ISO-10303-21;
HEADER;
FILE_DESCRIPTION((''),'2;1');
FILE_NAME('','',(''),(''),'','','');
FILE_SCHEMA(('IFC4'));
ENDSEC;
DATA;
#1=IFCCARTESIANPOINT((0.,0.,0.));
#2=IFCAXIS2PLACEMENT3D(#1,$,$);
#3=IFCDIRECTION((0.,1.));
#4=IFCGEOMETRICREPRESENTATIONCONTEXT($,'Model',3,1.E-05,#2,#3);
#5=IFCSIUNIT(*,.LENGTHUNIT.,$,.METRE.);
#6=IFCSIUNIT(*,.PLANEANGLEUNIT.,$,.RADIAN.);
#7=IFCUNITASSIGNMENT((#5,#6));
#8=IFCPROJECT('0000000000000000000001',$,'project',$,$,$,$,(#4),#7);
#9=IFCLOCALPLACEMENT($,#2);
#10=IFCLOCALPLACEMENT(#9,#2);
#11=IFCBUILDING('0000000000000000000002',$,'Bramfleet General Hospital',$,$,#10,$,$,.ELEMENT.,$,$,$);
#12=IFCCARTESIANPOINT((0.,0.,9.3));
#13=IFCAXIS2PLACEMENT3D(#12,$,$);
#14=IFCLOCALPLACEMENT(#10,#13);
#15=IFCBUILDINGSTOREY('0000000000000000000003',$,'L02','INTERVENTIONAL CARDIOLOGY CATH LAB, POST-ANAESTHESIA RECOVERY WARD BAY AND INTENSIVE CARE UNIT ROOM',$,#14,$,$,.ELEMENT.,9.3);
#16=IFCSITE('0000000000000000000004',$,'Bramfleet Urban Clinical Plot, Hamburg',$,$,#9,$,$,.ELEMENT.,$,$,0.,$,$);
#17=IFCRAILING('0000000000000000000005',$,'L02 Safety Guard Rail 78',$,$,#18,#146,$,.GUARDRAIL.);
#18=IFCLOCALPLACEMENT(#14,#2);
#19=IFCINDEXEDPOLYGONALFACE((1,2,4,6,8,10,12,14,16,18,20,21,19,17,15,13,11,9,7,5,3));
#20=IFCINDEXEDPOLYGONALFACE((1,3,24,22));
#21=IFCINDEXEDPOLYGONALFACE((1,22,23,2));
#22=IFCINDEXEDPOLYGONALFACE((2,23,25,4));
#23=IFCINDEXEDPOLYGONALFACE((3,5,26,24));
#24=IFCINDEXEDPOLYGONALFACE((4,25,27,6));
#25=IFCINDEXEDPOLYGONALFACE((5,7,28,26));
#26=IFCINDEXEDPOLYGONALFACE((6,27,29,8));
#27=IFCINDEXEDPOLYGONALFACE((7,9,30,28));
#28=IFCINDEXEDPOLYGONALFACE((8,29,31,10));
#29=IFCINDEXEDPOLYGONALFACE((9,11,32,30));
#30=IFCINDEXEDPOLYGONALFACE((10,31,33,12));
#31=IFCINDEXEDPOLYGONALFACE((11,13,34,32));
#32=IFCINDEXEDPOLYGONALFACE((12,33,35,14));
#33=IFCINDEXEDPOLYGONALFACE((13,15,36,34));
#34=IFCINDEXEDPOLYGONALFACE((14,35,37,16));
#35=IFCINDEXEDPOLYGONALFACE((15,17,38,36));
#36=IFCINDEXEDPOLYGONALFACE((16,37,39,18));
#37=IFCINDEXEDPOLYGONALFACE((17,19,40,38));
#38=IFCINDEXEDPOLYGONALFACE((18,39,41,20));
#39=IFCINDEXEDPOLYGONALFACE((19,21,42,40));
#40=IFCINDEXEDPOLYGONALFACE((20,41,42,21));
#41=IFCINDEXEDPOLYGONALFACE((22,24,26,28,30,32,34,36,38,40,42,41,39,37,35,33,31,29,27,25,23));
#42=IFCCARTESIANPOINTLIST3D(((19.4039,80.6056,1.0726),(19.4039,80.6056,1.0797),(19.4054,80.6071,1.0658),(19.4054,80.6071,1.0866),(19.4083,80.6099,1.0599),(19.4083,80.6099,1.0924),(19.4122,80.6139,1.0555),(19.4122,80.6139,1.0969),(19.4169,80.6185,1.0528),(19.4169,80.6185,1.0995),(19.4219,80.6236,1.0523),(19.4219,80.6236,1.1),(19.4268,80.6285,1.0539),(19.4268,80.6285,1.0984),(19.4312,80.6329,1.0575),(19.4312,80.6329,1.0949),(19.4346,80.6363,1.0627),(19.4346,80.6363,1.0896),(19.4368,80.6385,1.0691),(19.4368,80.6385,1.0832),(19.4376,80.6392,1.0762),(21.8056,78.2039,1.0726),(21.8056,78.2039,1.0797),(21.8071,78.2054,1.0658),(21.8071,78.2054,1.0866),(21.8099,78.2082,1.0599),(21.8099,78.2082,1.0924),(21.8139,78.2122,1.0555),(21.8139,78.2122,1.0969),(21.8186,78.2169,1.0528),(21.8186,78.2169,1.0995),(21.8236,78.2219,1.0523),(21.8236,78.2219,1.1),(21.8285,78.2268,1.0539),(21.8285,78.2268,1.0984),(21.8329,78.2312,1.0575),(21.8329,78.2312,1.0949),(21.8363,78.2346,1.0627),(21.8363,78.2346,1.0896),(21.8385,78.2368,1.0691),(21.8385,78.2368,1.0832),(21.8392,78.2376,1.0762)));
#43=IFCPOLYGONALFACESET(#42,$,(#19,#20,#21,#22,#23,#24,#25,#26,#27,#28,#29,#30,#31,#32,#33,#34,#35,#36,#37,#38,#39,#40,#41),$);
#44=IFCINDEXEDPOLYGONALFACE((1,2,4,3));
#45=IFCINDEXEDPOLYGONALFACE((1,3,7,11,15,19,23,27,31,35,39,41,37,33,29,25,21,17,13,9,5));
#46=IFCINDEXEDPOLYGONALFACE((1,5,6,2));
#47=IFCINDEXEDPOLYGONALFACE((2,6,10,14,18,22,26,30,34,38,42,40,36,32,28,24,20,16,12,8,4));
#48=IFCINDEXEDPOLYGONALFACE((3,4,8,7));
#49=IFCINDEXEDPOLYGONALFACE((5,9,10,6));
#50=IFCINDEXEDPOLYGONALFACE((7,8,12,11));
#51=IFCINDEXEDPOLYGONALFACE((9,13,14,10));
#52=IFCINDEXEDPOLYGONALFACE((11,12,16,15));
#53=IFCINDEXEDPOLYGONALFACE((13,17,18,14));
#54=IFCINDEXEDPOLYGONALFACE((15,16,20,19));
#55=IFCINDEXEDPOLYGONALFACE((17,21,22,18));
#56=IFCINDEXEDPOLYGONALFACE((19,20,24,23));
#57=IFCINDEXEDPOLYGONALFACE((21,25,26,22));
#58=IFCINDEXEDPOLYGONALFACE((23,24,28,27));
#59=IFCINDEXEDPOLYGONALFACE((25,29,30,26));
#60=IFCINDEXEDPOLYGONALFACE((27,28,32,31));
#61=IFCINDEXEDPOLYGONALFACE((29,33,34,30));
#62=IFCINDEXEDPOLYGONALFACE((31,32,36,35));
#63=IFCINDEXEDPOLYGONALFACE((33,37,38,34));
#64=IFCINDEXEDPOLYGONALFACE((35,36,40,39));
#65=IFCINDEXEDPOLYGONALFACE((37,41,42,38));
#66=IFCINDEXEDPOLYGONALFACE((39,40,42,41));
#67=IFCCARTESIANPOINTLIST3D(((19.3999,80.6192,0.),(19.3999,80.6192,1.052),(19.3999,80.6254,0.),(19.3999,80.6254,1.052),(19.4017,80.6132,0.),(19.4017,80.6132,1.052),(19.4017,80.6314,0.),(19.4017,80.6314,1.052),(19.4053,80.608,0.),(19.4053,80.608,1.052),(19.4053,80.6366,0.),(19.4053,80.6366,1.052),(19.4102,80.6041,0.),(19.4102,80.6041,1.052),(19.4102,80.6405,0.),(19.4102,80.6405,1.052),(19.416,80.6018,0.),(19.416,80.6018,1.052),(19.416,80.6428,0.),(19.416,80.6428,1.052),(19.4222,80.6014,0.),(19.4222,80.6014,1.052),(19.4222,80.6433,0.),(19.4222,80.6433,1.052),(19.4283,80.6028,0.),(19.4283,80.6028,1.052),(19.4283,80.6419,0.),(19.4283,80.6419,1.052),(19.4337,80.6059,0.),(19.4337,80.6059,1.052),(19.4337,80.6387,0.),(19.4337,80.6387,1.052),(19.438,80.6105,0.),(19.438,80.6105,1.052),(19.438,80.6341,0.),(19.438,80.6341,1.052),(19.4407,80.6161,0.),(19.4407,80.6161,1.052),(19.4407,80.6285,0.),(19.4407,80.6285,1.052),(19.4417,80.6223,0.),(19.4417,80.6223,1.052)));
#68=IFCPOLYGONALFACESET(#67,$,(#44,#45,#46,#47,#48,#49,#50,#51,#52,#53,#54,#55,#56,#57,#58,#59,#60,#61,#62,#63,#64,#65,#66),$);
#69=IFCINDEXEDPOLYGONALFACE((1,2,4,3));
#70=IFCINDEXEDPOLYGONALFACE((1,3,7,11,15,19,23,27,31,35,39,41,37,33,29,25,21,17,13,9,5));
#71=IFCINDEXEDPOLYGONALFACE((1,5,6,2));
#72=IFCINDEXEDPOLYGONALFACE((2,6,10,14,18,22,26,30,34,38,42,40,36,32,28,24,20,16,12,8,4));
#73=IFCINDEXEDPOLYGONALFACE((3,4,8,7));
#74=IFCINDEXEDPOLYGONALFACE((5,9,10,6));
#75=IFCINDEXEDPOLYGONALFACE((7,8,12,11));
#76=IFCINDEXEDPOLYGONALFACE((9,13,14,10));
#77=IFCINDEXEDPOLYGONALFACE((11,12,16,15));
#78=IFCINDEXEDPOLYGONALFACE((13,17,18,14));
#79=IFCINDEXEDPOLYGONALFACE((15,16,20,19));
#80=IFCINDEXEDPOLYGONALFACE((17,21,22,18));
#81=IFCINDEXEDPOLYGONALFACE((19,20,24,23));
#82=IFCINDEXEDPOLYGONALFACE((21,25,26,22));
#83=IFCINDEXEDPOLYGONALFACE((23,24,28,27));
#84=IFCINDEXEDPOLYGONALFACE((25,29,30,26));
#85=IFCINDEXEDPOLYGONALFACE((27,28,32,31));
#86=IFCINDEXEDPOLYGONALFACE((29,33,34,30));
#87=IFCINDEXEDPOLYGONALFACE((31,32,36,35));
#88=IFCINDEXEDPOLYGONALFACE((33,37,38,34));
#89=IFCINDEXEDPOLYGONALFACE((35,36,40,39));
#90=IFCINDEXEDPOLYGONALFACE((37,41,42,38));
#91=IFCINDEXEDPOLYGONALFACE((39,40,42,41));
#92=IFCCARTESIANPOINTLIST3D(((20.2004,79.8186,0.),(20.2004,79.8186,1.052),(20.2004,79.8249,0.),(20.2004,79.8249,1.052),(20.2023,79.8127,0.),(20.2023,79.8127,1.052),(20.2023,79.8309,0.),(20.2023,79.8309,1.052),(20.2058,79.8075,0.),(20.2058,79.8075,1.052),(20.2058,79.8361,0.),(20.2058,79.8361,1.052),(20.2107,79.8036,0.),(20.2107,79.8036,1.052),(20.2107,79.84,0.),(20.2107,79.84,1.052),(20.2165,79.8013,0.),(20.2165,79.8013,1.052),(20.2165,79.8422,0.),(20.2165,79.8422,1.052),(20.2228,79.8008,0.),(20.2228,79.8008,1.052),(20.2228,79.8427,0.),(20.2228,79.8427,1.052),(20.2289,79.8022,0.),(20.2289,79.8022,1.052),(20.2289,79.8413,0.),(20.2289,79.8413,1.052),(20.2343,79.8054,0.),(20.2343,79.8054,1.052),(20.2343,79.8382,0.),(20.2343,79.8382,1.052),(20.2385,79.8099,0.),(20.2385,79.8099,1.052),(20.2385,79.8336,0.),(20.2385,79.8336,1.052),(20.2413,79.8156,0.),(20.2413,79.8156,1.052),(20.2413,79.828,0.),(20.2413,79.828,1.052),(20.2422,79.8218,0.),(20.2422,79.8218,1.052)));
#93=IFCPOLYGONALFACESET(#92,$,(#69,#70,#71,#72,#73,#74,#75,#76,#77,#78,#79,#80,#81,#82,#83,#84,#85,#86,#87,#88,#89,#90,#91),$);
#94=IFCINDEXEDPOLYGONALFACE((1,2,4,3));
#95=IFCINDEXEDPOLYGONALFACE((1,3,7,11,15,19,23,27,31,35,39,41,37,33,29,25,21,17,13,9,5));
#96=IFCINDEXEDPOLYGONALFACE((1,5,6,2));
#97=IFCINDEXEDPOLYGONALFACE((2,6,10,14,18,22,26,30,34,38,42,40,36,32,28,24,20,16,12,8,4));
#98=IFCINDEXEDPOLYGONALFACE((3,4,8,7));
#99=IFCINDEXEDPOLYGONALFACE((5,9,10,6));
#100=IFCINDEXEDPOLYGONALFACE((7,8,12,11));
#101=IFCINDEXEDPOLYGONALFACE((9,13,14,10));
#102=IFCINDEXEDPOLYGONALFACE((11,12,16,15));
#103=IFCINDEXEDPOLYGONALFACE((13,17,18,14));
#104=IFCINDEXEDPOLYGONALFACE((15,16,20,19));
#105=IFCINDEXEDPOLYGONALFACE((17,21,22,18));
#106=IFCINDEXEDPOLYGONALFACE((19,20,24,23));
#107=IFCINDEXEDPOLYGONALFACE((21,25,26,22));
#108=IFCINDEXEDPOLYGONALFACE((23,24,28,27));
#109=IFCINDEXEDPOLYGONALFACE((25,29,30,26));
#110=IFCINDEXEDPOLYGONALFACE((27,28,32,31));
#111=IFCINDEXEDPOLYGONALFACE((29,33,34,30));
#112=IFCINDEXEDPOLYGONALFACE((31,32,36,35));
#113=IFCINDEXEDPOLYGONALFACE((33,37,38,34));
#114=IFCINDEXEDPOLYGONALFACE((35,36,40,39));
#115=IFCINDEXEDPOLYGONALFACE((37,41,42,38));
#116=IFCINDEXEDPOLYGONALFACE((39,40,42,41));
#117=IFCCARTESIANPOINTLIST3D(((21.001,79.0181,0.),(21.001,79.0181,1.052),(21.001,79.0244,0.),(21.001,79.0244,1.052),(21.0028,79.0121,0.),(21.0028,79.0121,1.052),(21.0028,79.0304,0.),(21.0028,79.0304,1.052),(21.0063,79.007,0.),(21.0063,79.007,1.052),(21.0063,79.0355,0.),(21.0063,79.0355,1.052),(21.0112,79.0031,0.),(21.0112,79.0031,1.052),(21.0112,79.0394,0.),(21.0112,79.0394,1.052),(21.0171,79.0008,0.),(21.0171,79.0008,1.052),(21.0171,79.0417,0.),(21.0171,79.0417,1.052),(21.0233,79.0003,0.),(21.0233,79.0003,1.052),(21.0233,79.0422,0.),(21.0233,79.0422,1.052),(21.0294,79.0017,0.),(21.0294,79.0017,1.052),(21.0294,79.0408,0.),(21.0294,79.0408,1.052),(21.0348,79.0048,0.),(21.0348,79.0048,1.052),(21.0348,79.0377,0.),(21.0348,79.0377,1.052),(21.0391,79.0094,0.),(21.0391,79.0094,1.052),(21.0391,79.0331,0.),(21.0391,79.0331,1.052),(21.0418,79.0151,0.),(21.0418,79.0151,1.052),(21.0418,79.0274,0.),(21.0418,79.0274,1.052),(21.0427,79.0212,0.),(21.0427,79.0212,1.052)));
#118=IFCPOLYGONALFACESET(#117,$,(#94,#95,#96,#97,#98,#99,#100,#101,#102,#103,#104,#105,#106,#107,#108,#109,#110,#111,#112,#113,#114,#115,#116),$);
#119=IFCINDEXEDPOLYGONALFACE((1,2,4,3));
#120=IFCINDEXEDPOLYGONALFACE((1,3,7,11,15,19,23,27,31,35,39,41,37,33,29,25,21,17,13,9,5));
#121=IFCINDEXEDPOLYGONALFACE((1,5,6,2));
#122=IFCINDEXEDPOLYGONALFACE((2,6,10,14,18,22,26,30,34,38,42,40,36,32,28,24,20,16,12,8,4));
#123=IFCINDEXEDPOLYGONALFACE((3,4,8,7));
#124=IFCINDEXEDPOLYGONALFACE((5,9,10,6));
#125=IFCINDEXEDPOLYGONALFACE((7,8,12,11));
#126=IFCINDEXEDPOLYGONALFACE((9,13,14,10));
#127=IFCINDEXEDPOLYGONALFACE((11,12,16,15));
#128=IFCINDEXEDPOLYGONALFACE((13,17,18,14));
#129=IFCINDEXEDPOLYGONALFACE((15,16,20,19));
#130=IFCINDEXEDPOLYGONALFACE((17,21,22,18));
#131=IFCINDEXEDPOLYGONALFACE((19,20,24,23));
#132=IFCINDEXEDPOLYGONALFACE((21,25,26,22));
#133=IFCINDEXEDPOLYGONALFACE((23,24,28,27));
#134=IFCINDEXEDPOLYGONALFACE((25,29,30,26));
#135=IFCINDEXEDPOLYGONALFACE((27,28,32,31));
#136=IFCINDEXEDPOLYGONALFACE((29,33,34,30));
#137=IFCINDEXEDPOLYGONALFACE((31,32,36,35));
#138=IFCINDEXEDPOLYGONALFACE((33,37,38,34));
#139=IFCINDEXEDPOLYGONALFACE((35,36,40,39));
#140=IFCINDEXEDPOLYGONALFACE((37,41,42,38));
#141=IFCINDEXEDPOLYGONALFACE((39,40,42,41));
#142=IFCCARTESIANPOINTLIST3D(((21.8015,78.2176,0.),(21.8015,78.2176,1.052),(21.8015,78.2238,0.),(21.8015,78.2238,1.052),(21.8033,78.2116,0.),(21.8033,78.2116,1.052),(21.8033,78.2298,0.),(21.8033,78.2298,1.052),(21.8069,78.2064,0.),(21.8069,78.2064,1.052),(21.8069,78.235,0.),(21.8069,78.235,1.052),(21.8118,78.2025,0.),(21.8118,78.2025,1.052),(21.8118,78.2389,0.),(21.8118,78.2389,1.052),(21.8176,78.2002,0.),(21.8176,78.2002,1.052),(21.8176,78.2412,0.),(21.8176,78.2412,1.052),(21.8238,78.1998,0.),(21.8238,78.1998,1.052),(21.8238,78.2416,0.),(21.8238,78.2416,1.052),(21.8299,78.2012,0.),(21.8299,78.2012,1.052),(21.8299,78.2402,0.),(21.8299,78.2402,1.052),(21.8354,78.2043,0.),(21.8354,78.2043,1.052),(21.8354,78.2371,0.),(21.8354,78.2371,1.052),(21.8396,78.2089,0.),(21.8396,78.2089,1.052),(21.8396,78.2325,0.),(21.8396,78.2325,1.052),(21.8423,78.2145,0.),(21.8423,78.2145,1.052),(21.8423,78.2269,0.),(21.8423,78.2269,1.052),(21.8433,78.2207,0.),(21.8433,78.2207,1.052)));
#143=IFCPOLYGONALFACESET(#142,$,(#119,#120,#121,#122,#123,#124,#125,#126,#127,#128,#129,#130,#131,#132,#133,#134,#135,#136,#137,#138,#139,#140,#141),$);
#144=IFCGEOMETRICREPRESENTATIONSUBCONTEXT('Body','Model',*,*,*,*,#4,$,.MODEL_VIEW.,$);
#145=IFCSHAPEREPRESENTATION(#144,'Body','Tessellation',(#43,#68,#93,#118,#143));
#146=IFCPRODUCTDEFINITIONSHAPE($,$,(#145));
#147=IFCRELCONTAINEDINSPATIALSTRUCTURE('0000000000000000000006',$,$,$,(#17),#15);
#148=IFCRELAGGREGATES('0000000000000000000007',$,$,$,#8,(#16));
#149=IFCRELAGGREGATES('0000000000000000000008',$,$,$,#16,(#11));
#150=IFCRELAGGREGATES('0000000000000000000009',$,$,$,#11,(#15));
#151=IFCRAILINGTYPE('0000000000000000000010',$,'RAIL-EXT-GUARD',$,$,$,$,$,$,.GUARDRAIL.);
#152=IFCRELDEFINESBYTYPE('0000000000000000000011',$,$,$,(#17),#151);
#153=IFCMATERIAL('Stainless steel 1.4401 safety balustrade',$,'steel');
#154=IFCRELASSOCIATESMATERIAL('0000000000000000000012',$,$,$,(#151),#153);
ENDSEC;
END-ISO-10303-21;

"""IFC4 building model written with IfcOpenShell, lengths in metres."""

from ifc_helpers import new_model, si_unit, direction, frame, origin, origin_2d, place, context, subcontext, project, spatial, circle, extrude, material, type_object, element, save


model = new_model("IFC4")

# Units and contexts
model_context = context("Model", 3, precision=1e-05, world=origin(), true_north=direction((0.0, 1.0)))
body_context = subcontext(model_context, "Body", "Model", "MODEL_VIEW")
ifc_project = project(units=[si_unit("LENGTHUNIT", "METRE"), si_unit("PLANEANGLEUNIT", "RADIAN")], contexts=[model_context])

# Site, building, storey
site_placement = place(None, origin())
site = spatial("IfcSite", under=ifc_project, at=site_placement, Name="Bramfleet Urban Clinical Plot, Hamburg", CompositionType="ELEMENT", RefElevation=0.0)
building_placement = place(site_placement, origin())
building = spatial("IfcBuilding", under=site, at=building_placement, Name="Bramfleet General Hospital", CompositionType="ELEMENT")
storey_placement = place(building_placement, frame((0.0, 0.0, 9.3)))
storey = spatial("IfcBuildingStorey", under=building, at=storey_placement, Name="L02", Description="INTERVENTIONAL CARDIOLOGY CATH LAB, POST-ANAESTHESIA RECOVERY WARD BAY AND INTENSIVE CARE UNIT ROOM", CompositionType="ELEMENT", Elevation=9.3)

# Railing
ifc_material_1 = material(Name="Stainless steel 1.4401 safety balustrade", Category="steel")
railing_type = type_object("IfcRailingType", Name="RAIL-EXT-GUARD", PredefinedType="GUARDRAIL", material=ifc_material_1)
railing_placement = place(storey_placement, frame((19.4207, 80.6223, 0.0)))
element("IfcRailing", 1, at=railing_placement, inside=storey, type_object=railing_type, Name="L02 Safety Guard Rail 78", PredefinedType="GUARDRAIL", context=body_context, shape_type="SweptSolid", body=[
    extrude(circle(Radius=0.0239, at=origin_2d()), frame((0.0, 0.0, 1.0762), z_axis=(0.707107, -0.707107, 0.0), x_axis=(0.707107, 0.707107, 0.0)), (0.0, 0.0, 1.0), 3.3965),
    extrude(circle(Radius=0.021, at=origin_2d()), origin(), (0.0, 0.0, 1.0), 1.052),
    extrude(circle(Radius=0.021, at=origin_2d()), frame((0.8005, -0.8005, 0.0)), (0.0, 0.0, 1.0), 1.052),
    extrude(circle(Radius=0.021, at=origin_2d()), frame((1.6011, -1.6011, 0.0)), (0.0, 0.0, 1.0), 1.052),
    extrude(circle(Radius=0.021, at=origin_2d()), frame((2.4016, -2.4016, 0.0)), (0.0, 0.0, 1.0), 1.052),
])

save(model, "model.ifc")
